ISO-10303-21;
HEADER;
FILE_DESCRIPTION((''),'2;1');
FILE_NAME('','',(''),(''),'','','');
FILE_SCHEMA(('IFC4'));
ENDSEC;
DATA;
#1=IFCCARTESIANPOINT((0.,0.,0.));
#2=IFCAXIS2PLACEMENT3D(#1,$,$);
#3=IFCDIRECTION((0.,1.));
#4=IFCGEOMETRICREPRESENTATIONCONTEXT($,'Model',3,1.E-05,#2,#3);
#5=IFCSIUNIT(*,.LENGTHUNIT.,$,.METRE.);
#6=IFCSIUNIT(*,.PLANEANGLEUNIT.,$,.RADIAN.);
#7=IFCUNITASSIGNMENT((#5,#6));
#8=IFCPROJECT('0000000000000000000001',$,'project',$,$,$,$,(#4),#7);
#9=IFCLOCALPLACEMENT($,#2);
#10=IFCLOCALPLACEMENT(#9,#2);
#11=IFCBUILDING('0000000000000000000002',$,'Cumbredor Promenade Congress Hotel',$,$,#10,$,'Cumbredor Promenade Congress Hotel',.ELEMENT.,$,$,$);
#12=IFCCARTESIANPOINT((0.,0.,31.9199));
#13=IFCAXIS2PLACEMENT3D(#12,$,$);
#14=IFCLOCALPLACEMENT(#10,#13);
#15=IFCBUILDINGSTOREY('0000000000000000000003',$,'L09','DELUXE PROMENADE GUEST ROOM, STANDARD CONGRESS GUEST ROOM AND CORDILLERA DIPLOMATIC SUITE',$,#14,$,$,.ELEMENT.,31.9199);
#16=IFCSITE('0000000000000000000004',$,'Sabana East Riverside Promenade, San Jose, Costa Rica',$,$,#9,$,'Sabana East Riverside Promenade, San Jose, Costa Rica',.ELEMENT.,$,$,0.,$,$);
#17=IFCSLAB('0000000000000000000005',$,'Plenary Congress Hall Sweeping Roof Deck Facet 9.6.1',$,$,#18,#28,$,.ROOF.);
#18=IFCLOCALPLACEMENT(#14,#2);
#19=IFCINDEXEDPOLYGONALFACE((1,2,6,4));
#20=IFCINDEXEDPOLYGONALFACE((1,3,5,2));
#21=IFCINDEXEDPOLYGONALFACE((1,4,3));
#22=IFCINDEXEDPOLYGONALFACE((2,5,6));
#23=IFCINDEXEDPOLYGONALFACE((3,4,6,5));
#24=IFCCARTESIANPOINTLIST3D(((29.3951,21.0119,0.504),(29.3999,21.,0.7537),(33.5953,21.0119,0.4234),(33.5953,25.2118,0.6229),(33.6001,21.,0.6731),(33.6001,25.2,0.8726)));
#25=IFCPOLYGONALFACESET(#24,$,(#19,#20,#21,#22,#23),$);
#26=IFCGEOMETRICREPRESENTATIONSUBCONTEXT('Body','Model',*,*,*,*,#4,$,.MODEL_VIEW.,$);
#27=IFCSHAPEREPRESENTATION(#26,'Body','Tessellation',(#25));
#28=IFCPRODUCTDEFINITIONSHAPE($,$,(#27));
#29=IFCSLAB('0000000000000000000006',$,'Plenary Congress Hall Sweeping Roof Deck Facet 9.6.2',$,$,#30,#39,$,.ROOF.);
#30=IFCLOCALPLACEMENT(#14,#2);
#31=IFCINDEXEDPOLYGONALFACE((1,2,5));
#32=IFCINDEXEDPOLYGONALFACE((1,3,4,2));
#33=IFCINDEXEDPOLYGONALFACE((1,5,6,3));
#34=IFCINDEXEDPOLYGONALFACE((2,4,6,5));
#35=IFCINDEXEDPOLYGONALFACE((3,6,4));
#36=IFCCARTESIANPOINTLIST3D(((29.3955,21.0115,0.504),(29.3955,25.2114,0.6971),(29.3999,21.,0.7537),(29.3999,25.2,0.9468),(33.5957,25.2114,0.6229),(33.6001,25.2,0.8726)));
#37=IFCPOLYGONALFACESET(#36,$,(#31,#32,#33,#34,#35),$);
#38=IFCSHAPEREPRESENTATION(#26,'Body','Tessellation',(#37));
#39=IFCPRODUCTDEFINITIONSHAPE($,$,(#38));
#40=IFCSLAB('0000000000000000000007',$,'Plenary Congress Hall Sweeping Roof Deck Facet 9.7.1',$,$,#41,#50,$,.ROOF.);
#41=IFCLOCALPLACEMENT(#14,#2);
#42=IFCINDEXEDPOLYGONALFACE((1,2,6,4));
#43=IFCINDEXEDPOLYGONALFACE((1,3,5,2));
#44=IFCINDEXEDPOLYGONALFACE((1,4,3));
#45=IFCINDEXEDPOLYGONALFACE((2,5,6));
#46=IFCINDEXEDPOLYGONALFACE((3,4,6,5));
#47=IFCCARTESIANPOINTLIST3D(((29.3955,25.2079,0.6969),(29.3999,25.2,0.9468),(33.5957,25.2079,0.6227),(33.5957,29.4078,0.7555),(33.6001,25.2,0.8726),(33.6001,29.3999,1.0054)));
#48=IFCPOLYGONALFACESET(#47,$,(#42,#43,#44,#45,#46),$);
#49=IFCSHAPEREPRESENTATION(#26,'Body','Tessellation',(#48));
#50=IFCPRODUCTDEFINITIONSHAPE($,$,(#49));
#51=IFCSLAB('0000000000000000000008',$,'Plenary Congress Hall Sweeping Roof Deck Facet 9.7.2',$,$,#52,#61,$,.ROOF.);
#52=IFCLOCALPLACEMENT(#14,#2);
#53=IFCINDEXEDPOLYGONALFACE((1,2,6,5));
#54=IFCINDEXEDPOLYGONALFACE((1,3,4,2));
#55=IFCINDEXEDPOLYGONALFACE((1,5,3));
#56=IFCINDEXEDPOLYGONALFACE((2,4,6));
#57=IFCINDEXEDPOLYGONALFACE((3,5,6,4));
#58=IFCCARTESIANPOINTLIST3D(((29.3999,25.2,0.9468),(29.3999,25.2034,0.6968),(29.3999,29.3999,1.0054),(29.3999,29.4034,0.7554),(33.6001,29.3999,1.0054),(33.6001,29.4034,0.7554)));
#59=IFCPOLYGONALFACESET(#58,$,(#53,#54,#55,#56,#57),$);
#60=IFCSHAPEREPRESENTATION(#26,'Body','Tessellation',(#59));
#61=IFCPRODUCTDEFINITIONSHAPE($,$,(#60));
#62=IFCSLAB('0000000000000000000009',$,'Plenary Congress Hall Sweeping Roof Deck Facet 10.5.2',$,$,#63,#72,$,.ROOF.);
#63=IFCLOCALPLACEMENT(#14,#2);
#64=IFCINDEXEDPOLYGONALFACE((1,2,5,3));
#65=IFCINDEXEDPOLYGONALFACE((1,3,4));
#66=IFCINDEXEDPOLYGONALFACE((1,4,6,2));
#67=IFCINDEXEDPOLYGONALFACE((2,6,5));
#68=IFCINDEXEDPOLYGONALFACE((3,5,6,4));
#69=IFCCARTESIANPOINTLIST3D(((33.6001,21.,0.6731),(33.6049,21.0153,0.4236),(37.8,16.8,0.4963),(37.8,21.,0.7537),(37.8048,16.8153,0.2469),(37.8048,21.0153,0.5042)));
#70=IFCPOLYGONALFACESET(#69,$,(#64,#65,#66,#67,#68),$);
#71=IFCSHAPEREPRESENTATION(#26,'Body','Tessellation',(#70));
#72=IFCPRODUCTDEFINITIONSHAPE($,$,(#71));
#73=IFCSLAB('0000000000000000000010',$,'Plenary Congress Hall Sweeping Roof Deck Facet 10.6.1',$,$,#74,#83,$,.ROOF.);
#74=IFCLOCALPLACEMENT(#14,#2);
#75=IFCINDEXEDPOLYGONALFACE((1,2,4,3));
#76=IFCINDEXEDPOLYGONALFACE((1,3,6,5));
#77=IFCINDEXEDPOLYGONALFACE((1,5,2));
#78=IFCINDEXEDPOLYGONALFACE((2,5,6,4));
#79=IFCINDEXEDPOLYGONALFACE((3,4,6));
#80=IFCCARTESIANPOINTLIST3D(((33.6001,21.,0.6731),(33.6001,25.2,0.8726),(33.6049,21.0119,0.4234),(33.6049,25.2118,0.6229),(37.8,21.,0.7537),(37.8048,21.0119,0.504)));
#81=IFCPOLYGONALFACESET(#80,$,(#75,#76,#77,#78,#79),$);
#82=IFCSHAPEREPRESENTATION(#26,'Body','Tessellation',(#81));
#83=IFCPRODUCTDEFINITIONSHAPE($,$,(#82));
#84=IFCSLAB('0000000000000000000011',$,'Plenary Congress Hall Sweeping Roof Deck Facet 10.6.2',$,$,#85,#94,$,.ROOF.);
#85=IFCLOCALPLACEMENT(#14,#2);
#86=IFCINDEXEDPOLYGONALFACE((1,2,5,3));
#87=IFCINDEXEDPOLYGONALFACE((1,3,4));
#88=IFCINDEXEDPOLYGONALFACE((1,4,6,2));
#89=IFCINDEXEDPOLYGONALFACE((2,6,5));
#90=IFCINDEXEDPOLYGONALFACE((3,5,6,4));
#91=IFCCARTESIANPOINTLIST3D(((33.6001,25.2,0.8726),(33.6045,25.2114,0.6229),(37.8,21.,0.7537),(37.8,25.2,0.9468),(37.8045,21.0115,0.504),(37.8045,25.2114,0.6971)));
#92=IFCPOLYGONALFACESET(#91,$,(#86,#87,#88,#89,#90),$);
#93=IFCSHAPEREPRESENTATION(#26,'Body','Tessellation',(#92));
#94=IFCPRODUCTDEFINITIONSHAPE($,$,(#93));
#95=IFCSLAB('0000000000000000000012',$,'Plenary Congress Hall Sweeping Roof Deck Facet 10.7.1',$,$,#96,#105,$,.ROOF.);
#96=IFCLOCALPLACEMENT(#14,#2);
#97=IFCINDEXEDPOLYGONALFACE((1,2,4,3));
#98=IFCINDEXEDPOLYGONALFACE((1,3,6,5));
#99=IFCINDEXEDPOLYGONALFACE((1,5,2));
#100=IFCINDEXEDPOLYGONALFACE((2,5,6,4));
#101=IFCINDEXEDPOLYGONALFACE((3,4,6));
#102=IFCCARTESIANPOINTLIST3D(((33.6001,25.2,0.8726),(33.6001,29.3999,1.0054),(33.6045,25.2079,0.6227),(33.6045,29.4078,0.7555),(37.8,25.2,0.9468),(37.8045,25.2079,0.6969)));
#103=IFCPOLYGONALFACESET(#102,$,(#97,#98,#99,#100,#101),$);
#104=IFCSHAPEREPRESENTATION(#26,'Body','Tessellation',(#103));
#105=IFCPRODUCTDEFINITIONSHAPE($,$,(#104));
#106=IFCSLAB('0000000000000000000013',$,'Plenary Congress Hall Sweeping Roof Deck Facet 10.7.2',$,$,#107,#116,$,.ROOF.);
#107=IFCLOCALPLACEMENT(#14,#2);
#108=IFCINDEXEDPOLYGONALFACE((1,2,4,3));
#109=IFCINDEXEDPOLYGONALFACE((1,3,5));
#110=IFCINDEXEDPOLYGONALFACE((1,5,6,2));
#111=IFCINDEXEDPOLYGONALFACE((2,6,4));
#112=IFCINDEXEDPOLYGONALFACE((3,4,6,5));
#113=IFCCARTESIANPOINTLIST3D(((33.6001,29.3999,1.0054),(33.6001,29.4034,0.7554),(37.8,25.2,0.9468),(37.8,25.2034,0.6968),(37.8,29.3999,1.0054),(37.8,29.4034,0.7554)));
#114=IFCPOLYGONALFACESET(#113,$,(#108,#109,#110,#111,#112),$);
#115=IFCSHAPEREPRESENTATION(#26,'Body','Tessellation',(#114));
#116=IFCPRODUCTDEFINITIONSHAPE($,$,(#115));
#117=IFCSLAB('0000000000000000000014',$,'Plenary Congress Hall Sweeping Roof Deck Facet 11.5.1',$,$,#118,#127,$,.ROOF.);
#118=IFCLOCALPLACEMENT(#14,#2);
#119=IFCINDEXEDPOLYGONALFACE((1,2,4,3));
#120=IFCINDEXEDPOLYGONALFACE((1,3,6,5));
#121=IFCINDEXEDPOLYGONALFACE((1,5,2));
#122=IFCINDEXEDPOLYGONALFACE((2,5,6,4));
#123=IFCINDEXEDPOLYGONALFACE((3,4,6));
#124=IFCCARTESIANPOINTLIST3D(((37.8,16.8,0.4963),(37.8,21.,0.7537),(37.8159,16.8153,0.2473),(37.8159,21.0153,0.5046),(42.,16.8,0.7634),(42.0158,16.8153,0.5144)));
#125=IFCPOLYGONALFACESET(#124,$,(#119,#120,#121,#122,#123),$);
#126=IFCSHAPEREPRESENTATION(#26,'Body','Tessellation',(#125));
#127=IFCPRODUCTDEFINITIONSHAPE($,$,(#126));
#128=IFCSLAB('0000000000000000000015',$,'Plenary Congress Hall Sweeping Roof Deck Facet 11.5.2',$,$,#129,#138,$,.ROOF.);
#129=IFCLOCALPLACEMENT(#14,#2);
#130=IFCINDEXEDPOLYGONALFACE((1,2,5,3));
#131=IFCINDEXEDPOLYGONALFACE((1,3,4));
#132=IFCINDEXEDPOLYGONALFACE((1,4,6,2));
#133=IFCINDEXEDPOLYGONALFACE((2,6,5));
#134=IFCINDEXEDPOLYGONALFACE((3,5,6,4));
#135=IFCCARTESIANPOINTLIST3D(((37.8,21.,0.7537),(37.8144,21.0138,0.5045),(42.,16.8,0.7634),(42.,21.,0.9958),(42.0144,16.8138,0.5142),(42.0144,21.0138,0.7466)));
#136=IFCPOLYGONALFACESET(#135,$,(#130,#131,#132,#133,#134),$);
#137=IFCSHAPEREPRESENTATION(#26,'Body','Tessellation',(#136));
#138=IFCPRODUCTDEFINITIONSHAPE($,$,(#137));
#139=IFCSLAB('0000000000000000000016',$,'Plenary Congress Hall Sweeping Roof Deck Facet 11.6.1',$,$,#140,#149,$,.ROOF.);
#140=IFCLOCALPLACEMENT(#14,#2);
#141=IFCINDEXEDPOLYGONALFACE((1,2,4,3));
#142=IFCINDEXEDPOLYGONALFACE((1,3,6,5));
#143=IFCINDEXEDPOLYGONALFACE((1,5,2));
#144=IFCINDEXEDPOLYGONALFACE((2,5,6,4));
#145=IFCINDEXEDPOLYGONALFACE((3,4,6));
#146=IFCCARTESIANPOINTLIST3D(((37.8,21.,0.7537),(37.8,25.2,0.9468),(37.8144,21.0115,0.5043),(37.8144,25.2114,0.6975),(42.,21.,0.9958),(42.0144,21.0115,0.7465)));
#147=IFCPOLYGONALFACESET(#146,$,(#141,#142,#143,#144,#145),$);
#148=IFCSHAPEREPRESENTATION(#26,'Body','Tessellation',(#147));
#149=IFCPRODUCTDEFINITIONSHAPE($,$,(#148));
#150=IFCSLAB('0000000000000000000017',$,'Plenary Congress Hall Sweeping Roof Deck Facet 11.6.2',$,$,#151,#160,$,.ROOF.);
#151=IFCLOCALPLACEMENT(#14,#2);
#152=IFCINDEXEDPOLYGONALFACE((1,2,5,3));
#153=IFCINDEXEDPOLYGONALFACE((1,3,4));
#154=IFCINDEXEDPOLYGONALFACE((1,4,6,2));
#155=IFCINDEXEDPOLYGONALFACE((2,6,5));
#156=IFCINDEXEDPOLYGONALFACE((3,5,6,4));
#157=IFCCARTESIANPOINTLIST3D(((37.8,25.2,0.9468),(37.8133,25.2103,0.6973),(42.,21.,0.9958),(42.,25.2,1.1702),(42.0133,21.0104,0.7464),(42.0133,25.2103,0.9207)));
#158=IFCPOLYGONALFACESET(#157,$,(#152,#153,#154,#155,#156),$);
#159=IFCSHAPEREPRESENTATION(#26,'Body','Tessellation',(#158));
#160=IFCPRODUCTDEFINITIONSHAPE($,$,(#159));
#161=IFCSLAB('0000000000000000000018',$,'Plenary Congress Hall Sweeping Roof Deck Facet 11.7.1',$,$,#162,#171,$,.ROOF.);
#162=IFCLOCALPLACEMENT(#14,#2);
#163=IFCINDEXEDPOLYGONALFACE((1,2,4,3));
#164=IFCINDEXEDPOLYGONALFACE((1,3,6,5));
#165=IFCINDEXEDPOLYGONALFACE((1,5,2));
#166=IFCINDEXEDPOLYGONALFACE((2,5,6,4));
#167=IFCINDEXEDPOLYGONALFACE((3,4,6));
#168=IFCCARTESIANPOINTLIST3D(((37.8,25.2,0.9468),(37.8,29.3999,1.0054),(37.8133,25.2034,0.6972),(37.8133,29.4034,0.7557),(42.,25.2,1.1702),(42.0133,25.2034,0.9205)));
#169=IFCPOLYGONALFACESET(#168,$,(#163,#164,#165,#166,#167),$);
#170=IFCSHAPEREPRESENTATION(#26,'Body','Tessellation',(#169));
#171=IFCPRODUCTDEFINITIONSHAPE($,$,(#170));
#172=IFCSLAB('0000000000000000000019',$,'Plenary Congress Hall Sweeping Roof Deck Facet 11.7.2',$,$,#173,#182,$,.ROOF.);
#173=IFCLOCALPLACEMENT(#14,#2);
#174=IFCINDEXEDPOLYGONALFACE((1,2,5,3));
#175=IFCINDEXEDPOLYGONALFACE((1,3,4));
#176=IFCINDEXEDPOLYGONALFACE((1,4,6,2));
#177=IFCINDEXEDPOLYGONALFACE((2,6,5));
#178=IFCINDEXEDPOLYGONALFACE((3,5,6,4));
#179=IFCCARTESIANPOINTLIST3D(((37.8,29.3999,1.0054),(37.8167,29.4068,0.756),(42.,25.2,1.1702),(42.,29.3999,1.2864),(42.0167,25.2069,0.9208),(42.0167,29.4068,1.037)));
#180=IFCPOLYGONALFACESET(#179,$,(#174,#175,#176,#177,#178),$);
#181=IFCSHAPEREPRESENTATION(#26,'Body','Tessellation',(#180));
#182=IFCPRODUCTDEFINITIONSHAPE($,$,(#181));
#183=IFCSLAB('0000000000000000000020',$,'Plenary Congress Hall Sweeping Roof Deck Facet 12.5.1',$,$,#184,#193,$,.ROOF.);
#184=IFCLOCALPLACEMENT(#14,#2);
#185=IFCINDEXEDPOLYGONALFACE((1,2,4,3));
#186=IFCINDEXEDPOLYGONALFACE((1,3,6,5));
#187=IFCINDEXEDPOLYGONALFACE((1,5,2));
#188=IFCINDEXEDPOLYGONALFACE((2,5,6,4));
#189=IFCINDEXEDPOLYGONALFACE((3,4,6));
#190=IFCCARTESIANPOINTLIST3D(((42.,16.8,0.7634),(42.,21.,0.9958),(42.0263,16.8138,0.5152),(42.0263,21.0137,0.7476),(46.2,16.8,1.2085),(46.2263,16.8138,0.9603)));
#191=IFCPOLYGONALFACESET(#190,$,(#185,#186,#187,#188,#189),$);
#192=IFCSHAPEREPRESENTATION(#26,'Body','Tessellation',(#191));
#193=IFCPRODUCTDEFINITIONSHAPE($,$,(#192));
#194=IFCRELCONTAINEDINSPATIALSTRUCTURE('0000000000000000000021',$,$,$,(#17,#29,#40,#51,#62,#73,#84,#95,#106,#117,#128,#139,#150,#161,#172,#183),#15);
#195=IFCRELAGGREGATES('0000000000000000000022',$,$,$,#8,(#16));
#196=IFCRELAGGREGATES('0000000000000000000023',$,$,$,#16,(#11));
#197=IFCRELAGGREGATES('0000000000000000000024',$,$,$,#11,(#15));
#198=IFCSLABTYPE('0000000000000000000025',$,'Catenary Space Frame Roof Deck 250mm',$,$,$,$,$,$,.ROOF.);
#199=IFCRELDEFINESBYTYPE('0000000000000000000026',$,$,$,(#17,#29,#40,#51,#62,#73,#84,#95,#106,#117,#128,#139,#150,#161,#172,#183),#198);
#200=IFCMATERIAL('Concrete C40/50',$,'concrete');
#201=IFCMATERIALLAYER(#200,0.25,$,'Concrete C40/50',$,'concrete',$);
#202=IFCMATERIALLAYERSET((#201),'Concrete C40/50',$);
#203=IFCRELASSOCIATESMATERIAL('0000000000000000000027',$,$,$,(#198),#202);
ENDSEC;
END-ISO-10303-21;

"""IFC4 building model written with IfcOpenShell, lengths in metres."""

from ifc_helpers import new_model, si_unit, direction, frame, origin, place, context, subcontext, project, spatial, polyline, outline, extrude, material, layer, layer_set, type_object, element, save


model = new_model("IFC4")

# Units and contexts
model_context = context("Model", 3, precision=1e-05, world=origin(), true_north=direction((0.0, 1.0)))
body_context = subcontext(model_context, "Body", "Model", "MODEL_VIEW")
ifc_project = project(units=[si_unit("LENGTHUNIT", "METRE"), si_unit("PLANEANGLEUNIT", "RADIAN")], contexts=[model_context])

# Site, building, storey
site_placement = place(None, origin())
site = spatial("IfcSite", under=ifc_project, at=site_placement, Name="Sabana East Riverside Promenade, San Jose, Costa Rica", LongName="Sabana East Riverside Promenade, San Jose, Costa Rica", CompositionType="ELEMENT", RefElevation=0.0)
building_placement = place(site_placement, origin())
building = spatial("IfcBuilding", under=site, at=building_placement, Name="Cumbredor Promenade Congress Hotel", LongName="Cumbredor Promenade Congress Hotel", CompositionType="ELEMENT")
storey_placement = place(building_placement, frame((0.0, 0.0, 31.9199)))
storey = spatial("IfcBuildingStorey", under=building, at=storey_placement, Name="L09", Description="DELUXE PROMENADE GUEST ROOM, STANDARD CONGRESS GUEST ROOM AND CORDILLERA DIPLOMATIC SUITE", CompositionType="ELEMENT", Elevation=31.9199)

# Slabs
ifc_material_1 = material(Name="Concrete C40/50", Category="concrete")
ifc_layer_1 = layer(ifc_material_1, 0.25, Name="Concrete C40/50", Category="concrete")
ifc_layer_set_1 = layer_set([ifc_layer_1], Name="Concrete C40/50")
slab_type = type_object("IfcSlabType", Name="Catenary Space Frame Roof Deck 250mm", PredefinedType="ROOF", material=ifc_layer_set_1)
slab_1_placement = place(storey_placement, frame((29.3999, 21.0, 0.7537), z_axis=(0.019156, -0.04743, 0.998691), x_axis=(0.999816, 0.0, -0.019178)))
element("IfcSlab", 1, at=slab_1_placement, inside=storey, type_object=slab_type, Name="Plenary Congress Hall Sweeping Roof Deck Facet 9.6.1", PredefinedType="ROOF", context=body_context, shape_type="SweptSolid", body=[
    extrude(outline(polyline([(0.0, 0.0), (4.201, 0.0), (4.1971, 4.2047), (0.0, 0.0)])), origin(), (0.0, 0.0, -1.0), 0.25),
])
slab_2_placement = place(storey_placement, frame((29.3999, 21.0, 0.7537), z_axis=(0.017649, -0.045925, 0.998789), x_axis=(0.706986, 0.706945, 0.020013)))
element("IfcSlab", 2, at=slab_2_placement, inside=storey, type_object=slab_type, Name="Plenary Congress Hall Sweeping Roof Deck Facet 9.6.2", PredefinedType="ROOF", context=body_context, shape_type="SweptSolid", body=[
    extrude(outline(polyline([(0.0, 0.0), (5.941, 0.0), (2.973, 2.9729), (0.0, 0.0)])), origin(), (0.0, 0.0, -1.0), 0.25),
])
slab_3_placement = place(storey_placement, frame((29.3999, 25.2, 0.9468), z_axis=(0.017659, -0.031602, 0.999345), x_axis=(0.999844, 0.0, -0.017668)))
element("IfcSlab", 3, at=slab_3_placement, inside=storey, type_object=slab_type, Name="Plenary Congress Hall Sweeping Roof Deck Facet 9.7.1", PredefinedType="ROOF", context=body_context, shape_type="SweptSolid", body=[
    extrude(outline(polyline([(0.0, 0.0), (4.2009, 0.0), (4.1985, 4.202), (0.0, 0.0)])), origin(), (0.0, 0.0, -1.0), 0.25),
])
slab_4_placement = place(storey_placement, frame((29.3999, 25.2, 0.9468), z_axis=(0.0, -0.01395, 0.999903), x_axis=(0.707093, 0.707052, 0.009864)))
element("IfcSlab", 4, at=slab_4_placement, inside=storey, type_object=slab_type, Name="Plenary Congress Hall Sweeping Roof Deck Facet 9.7.2", PredefinedType="ROOF", context=body_context, shape_type="SweptSolid", body=[
    extrude(outline(polyline([(0.0, 0.0), (5.9401, 0.0), (2.9702, 2.97), (0.0, 0.0)])), origin(), (0.0, 0.0, -1.0), 0.25),
])
slab_5_placement = place(storey_placement, frame((37.8, 16.8, 0.4963), z_axis=(-0.019143, -0.061143, 0.997945), x_axis=(0.0, 0.998128, 0.061154)))
element("IfcSlab", 5, at=slab_5_placement, inside=storey, type_object=slab_type, Name="Plenary Congress Hall Sweeping Roof Deck Facet 10.5.2", PredefinedType="ROOF", context=body_context, shape_type="SweptSolid", body=[
    extrude(outline(polyline([(0.0, 0.0), (4.2078, 0.0), (4.2029, 4.2007), (0.0, 0.0)])), origin(), (0.0, 0.0, -1.0), 0.25),
])
slab_6_placement = place(storey_placement, frame((33.6001, 21.0, 0.6731), z_axis=(-0.019158, -0.04743, 0.998691), x_axis=(0.999816, 0.0, 0.019179)))
element("IfcSlab", 6, at=slab_6_placement, inside=storey, type_object=slab_type, Name="Plenary Congress Hall Sweeping Roof Deck Facet 10.6.1", PredefinedType="ROOF", context=body_context, shape_type="SweptSolid", body=[
    extrude(outline(polyline([(0.0, 0.0), (4.2007, 0.0), (0.0038, 4.2047), (0.0, 0.0)])), origin(), (0.0, 0.0, -1.0), 0.25),
])
slab_7_placement = place(storey_placement, frame((37.8, 21.0, 0.7537), z_axis=(-0.01765, -0.045925, 0.998789), x_axis=(0.0, 0.998945, 0.045932)))
element("IfcSlab", 7, at=slab_7_placement, inside=storey, type_object=slab_type, Name="Plenary Congress Hall Sweeping Roof Deck Facet 10.6.2", PredefinedType="ROOF", context=body_context, shape_type="SweptSolid", body=[
    extrude(outline(polyline([(0.0, 0.0), (4.2044, 0.0), (4.201, 4.2006), (0.0, 0.0)])), origin(), (0.0, 0.0, -1.0), 0.25),
])
slab_8_placement = place(storey_placement, frame((33.6001, 25.2, 0.8726), z_axis=(-0.01766, -0.031602, 0.999345), x_axis=(0.999844, 0.0, 0.017669)))
element("IfcSlab", 8, at=slab_8_placement, inside=storey, type_object=slab_type, Name="Plenary Congress Hall Sweeping Roof Deck Facet 10.7.1", PredefinedType="ROOF", context=body_context, shape_type="SweptSolid", body=[
    extrude(outline(polyline([(0.0, 0.0), (4.2006, 0.0), (0.0023, 4.202), (0.0, 0.0)])), origin(), (0.0, 0.0, -1.0), 0.25),
])
slab_9_placement = place(storey_placement, frame((37.8, 25.2, 0.9468), z_axis=(0.0, -0.01395, 0.999903), x_axis=(0.0, 0.999903, 0.01395)))
element("IfcSlab", 9, at=slab_9_placement, inside=storey, type_object=slab_type, Name="Plenary Congress Hall Sweeping Roof Deck Facet 10.7.2", PredefinedType="ROOF", context=body_context, shape_type="SweptSolid", body=[
    extrude(outline(polyline([(0.0, 0.0), (4.2004, 0.0), (4.2004, 4.2), (0.0, 0.0)])), origin(), (0.0, 0.0, -1.0), 0.25),
])
slab_10_placement = place(storey_placement, frame((37.8, 16.8, 0.4963), z_axis=(-0.063347, -0.061031, 0.996124), x_axis=(0.997984, 0.0, 0.063465)))
element("IfcSlab", 10, at=slab_10_placement, inside=storey, type_object=slab_type, Name="Plenary Congress Hall Sweeping Roof Deck Facet 11.5.1", PredefinedType="ROOF", context=body_context, shape_type="SweptSolid", body=[
    extrude(outline(polyline([(0.0, 0.0), (4.2084, 0.0), (0.0163, 4.2078), (0.0, 0.0)])), origin(), (0.0, 0.0, -1.0), 0.25),
])
slab_11_placement = place(storey_placement, frame((42.0, 16.8, 0.7634), z_axis=(-0.057481, -0.055163, 0.996821), x_axis=(0.0, 0.998472, 0.055255)))
element("IfcSlab", 11, at=slab_11_placement, inside=storey, type_object=slab_type, Name="Plenary Congress Hall Sweeping Roof Deck Facet 11.5.2", PredefinedType="ROOF", context=body_context, shape_type="SweptSolid", body=[
    extrude(outline(polyline([(0.0, 0.0), (4.2064, 0.0), (4.193, 4.2069), (0.0, 0.0)])), origin(), (0.0, 0.0, -1.0), 0.25),
])
slab_12_placement = place(storey_placement, frame((37.8, 21.0, 0.7537), z_axis=(-0.057508, -0.045856, 0.997291), x_axis=(0.998342, 0.0, 0.057569)))
element("IfcSlab", 12, at=slab_12_placement, inside=storey, type_object=slab_type, Name="Plenary Congress Hall Sweeping Roof Deck Facet 11.6.1", PredefinedType="ROOF", context=body_context, shape_type="SweptSolid", body=[
    extrude(outline(polyline([(0.0, 0.0), (4.2069, 0.0), (0.0111, 4.2044), (0.0, 0.0)])), origin(), (0.0, 0.0, -1.0), 0.25),
])
slab_13_placement = place(storey_placement, frame((42.0, 21.0, 0.9958), z_axis=(-0.053068, -0.04141, 0.997732), x_axis=(0.0, 0.99914, 0.041469)))
element("IfcSlab", 13, at=slab_13_placement, inside=storey, type_object=slab_type, Name="Plenary Congress Hall Sweeping Roof Deck Facet 11.6.2", PredefinedType="ROOF", context=body_context, shape_type="SweptSolid", body=[
    extrude(outline(polyline([(0.0, 0.0), (4.2036, 0.0), (4.1943, 4.2059), (0.0, 0.0)])), origin(), (0.0, 0.0, -1.0), 0.25),
])
slab_14_placement = place(storey_placement, frame((37.8, 25.2, 0.9468), z_axis=(-0.053108, -0.01393, 0.998492), x_axis=(0.998588, 0.0, 0.053113)))
element("IfcSlab", 14, at=slab_14_placement, inside=storey, type_object=slab_type, Name="Plenary Congress Hall Sweeping Roof Deck Facet 11.7.1", PredefinedType="ROOF", context=body_context, shape_type="SweptSolid", body=[
    extrude(outline(polyline([(0.0, 0.0), (4.2059, 0.0), (0.0031, 4.2004), (0.0, 0.0)])), origin(), (0.0, 0.0, -1.0), 0.25),
])
slab_15_placement = place(storey_placement, frame((42.0, 25.2, 1.1702), z_axis=(-0.066732, -0.027597, 0.997389), x_axis=(0.0, 0.999617, 0.027659)))
element("IfcSlab", 15, at=slab_15_placement, inside=storey, type_object=slab_type, Name="Plenary Congress Hall Sweeping Roof Deck Facet 11.7.2", PredefinedType="ROOF", context=body_context, shape_type="SweptSolid", body=[
    extrude(outline(polyline([(0.0, 0.0), (4.2016, 0.0), (4.1938, 4.2093), (0.0, 0.0)])), origin(), (0.0, 0.0, -1.0), 0.25),
])
slab_16_placement = place(storey_placement, frame((42.0, 16.8, 0.7634), z_axis=(-0.105221, -0.054948, 0.99293), x_axis=(0.994432, 0.0, 0.10538)))
element("IfcSlab", 16, at=slab_16_placement, inside=storey, type_object=slab_type, Name="Plenary Congress Hall Sweeping Roof Deck Facet 12.5.1", PredefinedType="ROOF", context=body_context, shape_type="SweptSolid", body=[
    extrude(outline(polyline([(0.0, 0.0), (4.2235, 0.0), (0.0245, 4.2063), (0.0, 0.0)])), origin(), (0.0, 0.0, -1.0), 0.25),
])

save(model, "model.ifc")
